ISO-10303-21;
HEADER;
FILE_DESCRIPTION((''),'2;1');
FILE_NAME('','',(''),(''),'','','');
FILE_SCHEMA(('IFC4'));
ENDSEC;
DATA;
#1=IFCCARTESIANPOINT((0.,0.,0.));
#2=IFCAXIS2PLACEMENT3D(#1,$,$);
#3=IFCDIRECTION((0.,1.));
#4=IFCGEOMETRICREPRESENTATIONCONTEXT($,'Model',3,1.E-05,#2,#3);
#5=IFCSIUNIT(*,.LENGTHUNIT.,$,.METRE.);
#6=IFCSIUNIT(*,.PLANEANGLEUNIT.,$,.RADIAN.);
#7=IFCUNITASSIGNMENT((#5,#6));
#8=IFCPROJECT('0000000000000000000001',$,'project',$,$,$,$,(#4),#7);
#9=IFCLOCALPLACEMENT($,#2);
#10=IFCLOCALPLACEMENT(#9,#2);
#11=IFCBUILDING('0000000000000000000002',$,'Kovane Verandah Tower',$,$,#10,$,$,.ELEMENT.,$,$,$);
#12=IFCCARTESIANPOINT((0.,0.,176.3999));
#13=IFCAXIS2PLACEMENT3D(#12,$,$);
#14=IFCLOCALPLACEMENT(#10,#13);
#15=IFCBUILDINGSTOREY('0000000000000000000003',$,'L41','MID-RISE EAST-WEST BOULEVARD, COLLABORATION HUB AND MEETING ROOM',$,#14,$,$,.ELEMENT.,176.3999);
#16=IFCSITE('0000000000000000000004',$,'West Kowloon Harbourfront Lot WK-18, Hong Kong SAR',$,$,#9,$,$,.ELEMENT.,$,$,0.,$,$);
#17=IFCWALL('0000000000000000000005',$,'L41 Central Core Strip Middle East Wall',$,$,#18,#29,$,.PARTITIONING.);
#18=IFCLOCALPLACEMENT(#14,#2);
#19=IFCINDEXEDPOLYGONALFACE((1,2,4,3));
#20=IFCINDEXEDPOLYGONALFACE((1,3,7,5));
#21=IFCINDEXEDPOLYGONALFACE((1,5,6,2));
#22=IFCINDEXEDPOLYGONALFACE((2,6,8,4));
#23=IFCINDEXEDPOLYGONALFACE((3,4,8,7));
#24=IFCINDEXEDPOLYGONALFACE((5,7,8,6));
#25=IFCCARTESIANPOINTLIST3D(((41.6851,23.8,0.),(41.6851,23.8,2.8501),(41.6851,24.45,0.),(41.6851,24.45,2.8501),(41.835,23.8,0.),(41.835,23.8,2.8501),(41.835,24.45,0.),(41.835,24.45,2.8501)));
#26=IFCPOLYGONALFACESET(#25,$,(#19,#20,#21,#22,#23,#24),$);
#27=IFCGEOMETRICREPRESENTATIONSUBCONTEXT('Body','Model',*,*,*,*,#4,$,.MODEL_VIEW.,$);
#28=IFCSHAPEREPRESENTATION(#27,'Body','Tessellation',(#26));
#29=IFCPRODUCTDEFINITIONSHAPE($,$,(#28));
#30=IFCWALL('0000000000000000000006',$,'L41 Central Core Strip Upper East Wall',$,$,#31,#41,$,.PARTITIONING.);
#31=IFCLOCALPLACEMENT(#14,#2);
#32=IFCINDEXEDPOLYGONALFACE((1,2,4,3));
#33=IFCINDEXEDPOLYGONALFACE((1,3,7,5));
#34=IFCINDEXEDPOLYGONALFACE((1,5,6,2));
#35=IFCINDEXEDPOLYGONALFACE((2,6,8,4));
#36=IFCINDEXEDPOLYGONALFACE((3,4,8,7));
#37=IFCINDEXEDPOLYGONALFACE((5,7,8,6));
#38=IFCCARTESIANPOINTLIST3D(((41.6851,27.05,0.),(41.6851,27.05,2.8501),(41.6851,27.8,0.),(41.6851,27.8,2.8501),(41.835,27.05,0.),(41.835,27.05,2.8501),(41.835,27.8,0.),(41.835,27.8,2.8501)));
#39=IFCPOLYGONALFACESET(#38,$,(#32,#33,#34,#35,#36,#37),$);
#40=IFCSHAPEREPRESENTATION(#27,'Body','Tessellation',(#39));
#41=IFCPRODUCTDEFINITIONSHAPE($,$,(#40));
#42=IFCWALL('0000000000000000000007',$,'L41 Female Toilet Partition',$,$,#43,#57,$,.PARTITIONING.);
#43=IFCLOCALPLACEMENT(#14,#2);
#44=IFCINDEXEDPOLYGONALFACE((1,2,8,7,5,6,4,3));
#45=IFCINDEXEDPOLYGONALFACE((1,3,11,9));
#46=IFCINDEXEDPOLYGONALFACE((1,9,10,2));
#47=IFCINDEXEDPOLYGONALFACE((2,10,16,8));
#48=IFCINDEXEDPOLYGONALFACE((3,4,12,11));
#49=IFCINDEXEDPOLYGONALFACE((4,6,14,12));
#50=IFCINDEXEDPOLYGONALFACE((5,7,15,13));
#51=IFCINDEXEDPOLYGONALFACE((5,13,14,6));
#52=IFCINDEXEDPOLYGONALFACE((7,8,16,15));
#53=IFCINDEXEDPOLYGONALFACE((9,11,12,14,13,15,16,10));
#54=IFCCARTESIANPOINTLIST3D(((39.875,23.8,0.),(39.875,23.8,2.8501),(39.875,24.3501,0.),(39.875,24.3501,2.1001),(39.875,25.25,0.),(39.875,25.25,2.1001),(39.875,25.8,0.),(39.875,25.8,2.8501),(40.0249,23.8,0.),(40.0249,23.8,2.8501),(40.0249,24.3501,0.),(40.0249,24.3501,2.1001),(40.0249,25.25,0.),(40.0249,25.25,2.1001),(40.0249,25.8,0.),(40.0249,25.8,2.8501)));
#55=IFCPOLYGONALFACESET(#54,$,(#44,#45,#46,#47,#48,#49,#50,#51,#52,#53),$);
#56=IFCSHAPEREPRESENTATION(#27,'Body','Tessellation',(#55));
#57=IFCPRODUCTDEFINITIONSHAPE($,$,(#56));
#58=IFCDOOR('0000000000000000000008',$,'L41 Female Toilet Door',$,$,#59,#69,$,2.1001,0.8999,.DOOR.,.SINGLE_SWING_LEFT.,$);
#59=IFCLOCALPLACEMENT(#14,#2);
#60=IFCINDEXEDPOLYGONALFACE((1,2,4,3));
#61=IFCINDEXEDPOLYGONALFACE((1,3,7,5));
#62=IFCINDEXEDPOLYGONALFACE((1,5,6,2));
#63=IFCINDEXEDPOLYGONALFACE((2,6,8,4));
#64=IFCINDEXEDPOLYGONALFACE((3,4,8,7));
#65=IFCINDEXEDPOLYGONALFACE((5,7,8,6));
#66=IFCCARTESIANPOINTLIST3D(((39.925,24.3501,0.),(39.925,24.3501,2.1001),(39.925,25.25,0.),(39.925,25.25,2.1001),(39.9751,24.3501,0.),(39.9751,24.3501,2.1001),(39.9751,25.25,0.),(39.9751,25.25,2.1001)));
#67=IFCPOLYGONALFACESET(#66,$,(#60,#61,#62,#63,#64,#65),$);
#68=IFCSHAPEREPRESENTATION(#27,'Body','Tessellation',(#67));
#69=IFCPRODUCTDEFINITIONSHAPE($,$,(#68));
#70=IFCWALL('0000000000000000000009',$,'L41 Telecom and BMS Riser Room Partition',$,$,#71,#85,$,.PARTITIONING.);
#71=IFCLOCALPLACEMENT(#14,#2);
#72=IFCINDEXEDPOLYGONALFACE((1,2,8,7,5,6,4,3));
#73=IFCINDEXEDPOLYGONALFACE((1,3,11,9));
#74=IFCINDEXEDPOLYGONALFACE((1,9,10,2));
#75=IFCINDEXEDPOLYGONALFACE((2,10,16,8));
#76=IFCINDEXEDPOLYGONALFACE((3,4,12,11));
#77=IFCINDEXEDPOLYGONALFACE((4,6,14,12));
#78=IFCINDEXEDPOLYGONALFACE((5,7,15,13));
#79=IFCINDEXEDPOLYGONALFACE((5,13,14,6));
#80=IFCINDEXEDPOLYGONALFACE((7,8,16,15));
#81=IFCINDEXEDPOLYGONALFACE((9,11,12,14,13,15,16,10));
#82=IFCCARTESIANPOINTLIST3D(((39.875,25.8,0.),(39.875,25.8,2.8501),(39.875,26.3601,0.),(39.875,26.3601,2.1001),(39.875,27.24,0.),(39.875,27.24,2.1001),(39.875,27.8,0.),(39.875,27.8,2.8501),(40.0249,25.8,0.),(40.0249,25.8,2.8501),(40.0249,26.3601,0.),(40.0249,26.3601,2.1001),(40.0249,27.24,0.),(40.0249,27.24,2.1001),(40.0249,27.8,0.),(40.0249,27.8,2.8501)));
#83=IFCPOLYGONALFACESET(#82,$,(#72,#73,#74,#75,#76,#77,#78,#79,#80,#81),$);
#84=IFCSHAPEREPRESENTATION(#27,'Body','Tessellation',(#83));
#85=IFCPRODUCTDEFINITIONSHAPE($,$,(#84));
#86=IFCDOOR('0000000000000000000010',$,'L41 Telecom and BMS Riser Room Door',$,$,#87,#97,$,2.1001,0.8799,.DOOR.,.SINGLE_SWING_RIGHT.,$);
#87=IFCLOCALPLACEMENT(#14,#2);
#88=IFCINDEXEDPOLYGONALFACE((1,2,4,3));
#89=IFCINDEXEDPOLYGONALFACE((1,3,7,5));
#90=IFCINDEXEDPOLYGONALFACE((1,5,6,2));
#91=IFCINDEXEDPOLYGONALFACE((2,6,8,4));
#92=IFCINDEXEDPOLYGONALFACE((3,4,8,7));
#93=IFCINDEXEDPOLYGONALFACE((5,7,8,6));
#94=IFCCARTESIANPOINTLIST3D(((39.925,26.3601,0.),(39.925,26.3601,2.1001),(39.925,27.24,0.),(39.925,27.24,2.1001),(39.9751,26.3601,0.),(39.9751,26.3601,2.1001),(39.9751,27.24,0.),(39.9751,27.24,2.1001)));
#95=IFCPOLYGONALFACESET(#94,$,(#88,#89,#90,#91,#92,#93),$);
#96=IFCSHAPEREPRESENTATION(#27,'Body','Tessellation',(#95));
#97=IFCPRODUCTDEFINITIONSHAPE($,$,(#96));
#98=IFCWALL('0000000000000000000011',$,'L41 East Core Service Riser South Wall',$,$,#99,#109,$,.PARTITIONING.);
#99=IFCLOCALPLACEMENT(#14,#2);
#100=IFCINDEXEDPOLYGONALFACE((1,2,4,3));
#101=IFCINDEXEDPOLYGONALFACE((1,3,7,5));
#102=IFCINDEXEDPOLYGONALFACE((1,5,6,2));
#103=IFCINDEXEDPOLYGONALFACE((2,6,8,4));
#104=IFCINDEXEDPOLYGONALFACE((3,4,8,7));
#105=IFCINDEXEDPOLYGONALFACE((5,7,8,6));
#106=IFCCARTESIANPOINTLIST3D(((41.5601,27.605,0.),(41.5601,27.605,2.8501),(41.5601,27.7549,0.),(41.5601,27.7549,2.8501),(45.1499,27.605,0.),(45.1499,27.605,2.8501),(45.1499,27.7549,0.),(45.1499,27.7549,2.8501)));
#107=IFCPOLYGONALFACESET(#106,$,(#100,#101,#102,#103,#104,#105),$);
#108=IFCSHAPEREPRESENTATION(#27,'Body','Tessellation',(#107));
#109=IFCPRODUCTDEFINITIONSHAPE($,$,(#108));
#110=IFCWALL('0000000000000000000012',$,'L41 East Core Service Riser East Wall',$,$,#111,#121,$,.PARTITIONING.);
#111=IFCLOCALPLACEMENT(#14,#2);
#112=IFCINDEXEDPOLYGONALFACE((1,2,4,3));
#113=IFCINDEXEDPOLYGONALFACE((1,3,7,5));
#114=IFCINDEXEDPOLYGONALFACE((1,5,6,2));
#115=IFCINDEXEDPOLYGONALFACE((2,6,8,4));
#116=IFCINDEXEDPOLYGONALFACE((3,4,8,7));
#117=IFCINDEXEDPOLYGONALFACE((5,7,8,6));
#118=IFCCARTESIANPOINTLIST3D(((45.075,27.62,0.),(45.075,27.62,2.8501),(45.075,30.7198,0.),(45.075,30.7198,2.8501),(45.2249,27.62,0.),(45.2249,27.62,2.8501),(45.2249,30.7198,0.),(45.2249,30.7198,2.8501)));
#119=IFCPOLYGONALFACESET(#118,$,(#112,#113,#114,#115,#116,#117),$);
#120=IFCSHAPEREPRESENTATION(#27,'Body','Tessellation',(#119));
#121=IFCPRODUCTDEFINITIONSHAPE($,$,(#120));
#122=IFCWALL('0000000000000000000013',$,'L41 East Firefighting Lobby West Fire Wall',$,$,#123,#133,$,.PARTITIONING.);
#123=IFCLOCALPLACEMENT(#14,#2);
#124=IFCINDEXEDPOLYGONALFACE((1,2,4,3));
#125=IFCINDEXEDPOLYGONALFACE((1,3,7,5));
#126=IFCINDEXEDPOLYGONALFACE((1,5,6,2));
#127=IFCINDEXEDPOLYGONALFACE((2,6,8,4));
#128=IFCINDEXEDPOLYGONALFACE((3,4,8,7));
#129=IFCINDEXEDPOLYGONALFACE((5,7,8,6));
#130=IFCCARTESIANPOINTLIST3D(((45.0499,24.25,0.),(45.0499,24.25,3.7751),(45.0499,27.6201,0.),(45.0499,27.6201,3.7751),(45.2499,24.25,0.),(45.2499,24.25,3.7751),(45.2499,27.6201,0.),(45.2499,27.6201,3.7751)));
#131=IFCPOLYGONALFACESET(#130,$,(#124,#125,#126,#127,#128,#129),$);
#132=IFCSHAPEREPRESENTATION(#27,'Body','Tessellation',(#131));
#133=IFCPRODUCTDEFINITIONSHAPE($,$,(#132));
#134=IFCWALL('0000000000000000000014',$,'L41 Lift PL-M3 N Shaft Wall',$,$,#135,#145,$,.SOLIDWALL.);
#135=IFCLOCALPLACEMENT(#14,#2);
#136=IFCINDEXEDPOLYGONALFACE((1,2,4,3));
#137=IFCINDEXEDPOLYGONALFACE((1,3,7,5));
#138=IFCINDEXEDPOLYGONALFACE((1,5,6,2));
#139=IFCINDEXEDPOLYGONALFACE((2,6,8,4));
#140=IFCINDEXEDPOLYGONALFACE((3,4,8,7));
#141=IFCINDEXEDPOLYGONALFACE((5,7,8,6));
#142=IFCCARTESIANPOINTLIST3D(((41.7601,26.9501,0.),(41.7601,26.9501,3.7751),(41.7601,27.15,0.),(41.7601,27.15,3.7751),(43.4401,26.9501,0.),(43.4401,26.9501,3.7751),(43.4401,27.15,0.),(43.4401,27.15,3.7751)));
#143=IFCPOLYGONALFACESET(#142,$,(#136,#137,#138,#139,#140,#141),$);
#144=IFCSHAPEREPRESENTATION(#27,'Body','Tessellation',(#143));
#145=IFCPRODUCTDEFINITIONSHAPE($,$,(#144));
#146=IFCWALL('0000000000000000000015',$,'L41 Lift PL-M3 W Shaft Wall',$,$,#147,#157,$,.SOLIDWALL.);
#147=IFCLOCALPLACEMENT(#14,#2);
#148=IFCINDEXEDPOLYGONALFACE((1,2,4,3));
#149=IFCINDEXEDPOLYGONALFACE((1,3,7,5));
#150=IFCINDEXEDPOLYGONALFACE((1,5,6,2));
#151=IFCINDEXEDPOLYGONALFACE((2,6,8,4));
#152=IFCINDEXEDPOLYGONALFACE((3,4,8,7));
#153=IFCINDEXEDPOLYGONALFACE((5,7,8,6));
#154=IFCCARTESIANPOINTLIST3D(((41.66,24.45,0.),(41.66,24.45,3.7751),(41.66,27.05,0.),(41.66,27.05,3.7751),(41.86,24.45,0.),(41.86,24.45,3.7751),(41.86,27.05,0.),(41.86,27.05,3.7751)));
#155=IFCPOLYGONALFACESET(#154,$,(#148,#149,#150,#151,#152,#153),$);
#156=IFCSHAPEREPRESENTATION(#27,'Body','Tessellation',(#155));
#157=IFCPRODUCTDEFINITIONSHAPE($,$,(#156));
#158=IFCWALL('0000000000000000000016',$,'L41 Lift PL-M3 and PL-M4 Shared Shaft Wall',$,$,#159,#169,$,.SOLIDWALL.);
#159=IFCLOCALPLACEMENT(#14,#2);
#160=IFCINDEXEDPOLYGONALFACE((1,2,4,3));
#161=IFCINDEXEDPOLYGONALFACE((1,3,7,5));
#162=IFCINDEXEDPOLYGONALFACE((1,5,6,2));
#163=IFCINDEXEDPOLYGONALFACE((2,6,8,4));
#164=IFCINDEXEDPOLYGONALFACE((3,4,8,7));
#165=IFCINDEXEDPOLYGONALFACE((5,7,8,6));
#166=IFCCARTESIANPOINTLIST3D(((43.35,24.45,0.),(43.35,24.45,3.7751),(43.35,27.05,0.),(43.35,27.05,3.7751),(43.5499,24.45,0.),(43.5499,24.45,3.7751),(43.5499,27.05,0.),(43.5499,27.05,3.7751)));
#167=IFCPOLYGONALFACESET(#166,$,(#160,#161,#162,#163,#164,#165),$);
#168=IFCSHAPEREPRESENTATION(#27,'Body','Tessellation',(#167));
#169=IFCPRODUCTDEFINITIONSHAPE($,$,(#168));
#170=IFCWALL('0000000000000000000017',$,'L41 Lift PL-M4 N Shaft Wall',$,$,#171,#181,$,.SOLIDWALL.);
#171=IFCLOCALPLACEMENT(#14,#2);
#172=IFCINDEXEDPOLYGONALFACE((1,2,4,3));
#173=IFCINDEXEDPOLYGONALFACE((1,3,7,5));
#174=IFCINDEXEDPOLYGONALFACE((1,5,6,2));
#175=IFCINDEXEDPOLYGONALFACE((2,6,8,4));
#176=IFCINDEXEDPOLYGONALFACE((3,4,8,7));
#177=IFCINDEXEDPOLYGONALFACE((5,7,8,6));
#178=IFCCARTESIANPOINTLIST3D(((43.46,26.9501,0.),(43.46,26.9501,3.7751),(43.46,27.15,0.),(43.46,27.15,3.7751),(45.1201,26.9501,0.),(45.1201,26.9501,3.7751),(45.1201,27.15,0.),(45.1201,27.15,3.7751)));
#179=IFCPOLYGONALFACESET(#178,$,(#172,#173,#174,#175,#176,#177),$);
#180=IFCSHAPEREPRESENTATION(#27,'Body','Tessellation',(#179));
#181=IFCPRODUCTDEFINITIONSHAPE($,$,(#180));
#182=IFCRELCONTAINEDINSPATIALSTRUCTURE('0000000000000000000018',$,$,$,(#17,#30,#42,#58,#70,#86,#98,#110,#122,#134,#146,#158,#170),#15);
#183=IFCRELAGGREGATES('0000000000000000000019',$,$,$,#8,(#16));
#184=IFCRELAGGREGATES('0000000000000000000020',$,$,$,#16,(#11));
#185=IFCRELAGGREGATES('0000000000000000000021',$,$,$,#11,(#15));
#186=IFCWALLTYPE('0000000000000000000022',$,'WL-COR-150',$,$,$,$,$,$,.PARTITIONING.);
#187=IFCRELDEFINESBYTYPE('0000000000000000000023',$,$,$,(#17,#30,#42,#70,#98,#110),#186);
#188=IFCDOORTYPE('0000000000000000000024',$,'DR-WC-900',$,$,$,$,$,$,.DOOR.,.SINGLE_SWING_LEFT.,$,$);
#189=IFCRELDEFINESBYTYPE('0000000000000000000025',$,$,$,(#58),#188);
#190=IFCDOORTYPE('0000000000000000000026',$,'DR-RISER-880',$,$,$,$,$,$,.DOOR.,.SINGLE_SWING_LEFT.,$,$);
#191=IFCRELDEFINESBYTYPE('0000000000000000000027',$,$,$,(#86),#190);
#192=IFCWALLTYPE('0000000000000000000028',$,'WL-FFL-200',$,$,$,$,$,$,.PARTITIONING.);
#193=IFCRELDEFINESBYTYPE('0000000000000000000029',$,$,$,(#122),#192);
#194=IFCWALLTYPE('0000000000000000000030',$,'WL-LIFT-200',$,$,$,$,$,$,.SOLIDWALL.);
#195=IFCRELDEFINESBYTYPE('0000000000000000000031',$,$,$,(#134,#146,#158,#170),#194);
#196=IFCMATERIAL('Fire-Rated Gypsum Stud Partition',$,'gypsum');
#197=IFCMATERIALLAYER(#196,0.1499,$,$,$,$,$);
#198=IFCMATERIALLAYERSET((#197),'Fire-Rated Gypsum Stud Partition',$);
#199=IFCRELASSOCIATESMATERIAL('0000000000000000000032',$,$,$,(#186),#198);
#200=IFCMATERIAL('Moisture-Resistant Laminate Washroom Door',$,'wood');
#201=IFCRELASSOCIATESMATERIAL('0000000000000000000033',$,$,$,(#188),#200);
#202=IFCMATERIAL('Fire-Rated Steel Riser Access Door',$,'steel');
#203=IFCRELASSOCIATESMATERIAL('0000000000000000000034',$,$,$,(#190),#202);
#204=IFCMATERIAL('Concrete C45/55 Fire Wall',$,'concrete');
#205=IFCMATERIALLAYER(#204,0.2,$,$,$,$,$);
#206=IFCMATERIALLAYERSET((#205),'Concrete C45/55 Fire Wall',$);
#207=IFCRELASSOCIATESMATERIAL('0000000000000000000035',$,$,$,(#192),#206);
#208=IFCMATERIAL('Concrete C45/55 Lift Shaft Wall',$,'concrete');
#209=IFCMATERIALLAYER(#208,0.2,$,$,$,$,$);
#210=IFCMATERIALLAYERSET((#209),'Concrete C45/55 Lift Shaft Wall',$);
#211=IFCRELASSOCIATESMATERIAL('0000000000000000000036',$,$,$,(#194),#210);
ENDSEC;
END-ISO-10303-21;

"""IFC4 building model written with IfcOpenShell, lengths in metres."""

from ifc_helpers import new_model, si_unit, direction, frame, frame_2d, origin, place, context, subcontext, project, spatial, rectangle, extrude, material, layer, layer_set, type_object, element, fill, save


model = new_model("IFC4")

# Units and contexts
model_context = context("Model", 3, precision=1e-05, world=origin(), true_north=direction((0.0, 1.0)))
body_context = subcontext(model_context, "Body", "Model", "MODEL_VIEW")
ifc_project = project(units=[si_unit("LENGTHUNIT", "METRE"), si_unit("PLANEANGLEUNIT", "RADIAN")], contexts=[model_context])

# Site, building, storey
site_placement = place(None, origin())
site = spatial("IfcSite", under=ifc_project, at=site_placement, Name="West Kowloon Harbourfront Lot WK-18, Hong Kong SAR", CompositionType="ELEMENT", RefElevation=0.0)
building_placement = place(site_placement, origin())
building = spatial("IfcBuilding", under=site, at=building_placement, Name="Kovane Verandah Tower", CompositionType="ELEMENT")
storey_placement = place(building_placement, frame((0.0, 0.0, 176.3999)))
storey = spatial("IfcBuildingStorey", under=building, at=storey_placement, Name="L41", Description="MID-RISE EAST-WEST BOULEVARD, COLLABORATION HUB AND MEETING ROOM", CompositionType="ELEMENT", Elevation=176.3999)

# Walls
ifc_material_1 = material(Name="Fire-Rated Gypsum Stud Partition", Category="gypsum")
ifc_layer_1 = layer(ifc_material_1, 0.1499)
ifc_layer_set_1 = layer_set([ifc_layer_1], Name="Fire-Rated Gypsum Stud Partition")
wall_type_1 = type_object("IfcWallType", Name="WL-COR-150", PredefinedType="PARTITIONING", material=ifc_layer_set_1)
wall_1_placement = place(storey_placement, frame((41.76, 23.8, 0.0), z_axis=(0.0, 0.0, 1.0), x_axis=(0.0, 1.0, 0.0)))
element("IfcWall", 1, at=wall_1_placement, inside=storey, type_object=wall_type_1, Name="L41 Central Core Strip Middle East Wall", PredefinedType="PARTITIONING", context=body_context, shape_type="SweptSolid", body=[
    extrude(rectangle(XDim=0.6499, YDim=0.1499, at=frame_2d((0.325, 0.0))), origin(), (0.0, 0.0, 1.0), 2.8501),
])
wall_2_placement = place(storey_placement, frame((41.76, 27.05, 0.0), z_axis=(0.0, 0.0, 1.0), x_axis=(0.0, 1.0, 0.0)))
element("IfcWall", 2, at=wall_2_placement, inside=storey, type_object=wall_type_1, Name="L41 Central Core Strip Upper East Wall", PredefinedType="PARTITIONING", context=body_context, shape_type="SweptSolid", body=[
    extrude(rectangle(XDim=0.75, YDim=0.1499, at=frame_2d((0.375, 0.0))), origin(), (0.0, 0.0, 1.0), 2.8501),
])

# Walls, openings, doors
wall_3_placement = place(storey_placement, frame((39.95, 23.8, 0.0), z_axis=(0.0, 0.0, 1.0), x_axis=(0.0, 1.0, 0.0)))
wall_3 = element("IfcWall", 3, at=wall_3_placement, inside=storey, type_object=wall_type_1, Name="L41 Female Toilet Partition", PredefinedType="PARTITIONING", context=body_context, shape_type="SweptSolid", body=[
    extrude(rectangle(XDim=2.0, YDim=0.1499, at=frame_2d((1.0, 0.0))), origin(), (0.0, 0.0, 1.0), 2.8501),
])
opening_1_placement = place(wall_3_placement, frame((0.55, 0.0, 0.0)))
opening_1 = element("IfcOpeningElement", 4, at=opening_1_placement, cuts=wall_3, PredefinedType="OPENING", context=body_context, shape_type="SweptSolid", body=[
    extrude(rectangle(XDim=0.8999, YDim=2.1001, at=frame_2d((0.45, 1.05))), frame((0.0, 0.075, 0.0), z_axis=(0.0, -1.0, 0.0), x_axis=(1.0, 0.0, 0.0)), (0.0, 0.0, 1.0), 0.1499),
])
ifc_material_2 = material(Name="Moisture-Resistant Laminate Washroom Door", Category="wood")
door_type_1 = type_object("IfcDoorType", Name="DR-WC-900", OperationType="SINGLE_SWING_LEFT", PredefinedType="DOOR", material=ifc_material_2)
door_1_placement = place(opening_1_placement, origin())
door_1 = element("IfcDoor", 5, at=door_1_placement, inside=storey, type_object=door_type_1, Name="L41 Female Toilet Door", OperationType="SINGLE_SWING_LEFT", OverallHeight=2.1001, OverallWidth=0.8999, PredefinedType="DOOR", context=body_context, shape_type="SweptSolid", body=[
    extrude(rectangle(XDim=0.8999, YDim=2.1001, at=frame_2d((0.45, 1.05))), frame((0.0, 0.0249, 0.0), z_axis=(0.0, -1.0, 0.0), x_axis=(1.0, 0.0, 0.0)), (0.0, 0.0, 1.0), 0.05),
])
fill(opening_1, door_1)
wall_4_placement = place(storey_placement, frame((39.95, 25.8, 0.0), z_axis=(0.0, 0.0, 1.0), x_axis=(0.0, 1.0, 0.0)))
wall_4 = element("IfcWall", 6, at=wall_4_placement, inside=storey, type_object=wall_type_1, Name="L41 Telecom and BMS Riser Room Partition", PredefinedType="PARTITIONING", context=body_context, shape_type="SweptSolid", body=[
    extrude(rectangle(XDim=2.0, YDim=0.1499, at=frame_2d((1.0, 0.0))), origin(), (0.0, 0.0, 1.0), 2.8501),
])
opening_2_placement = place(wall_4_placement, frame((0.5601, 0.0, 0.0)))
opening_2 = element("IfcOpeningElement", 7, at=opening_2_placement, cuts=wall_4, PredefinedType="OPENING", context=body_context, shape_type="SweptSolid", body=[
    extrude(rectangle(XDim=0.8799, YDim=2.1001, at=frame_2d((0.4399, 1.05))), frame((0.0, 0.075, 0.0), z_axis=(0.0, -1.0, 0.0), x_axis=(1.0, 0.0, 0.0)), (0.0, 0.0, 1.0), 0.1499),
])
ifc_material_3 = material(Name="Fire-Rated Steel Riser Access Door", Category="steel")
door_type_2 = type_object("IfcDoorType", Name="DR-RISER-880", OperationType="SINGLE_SWING_LEFT", PredefinedType="DOOR", material=ifc_material_3)
door_2_placement = place(opening_2_placement, origin())
door_2 = element("IfcDoor", 8, at=door_2_placement, inside=storey, type_object=door_type_2, Name="L41 Telecom and BMS Riser Room Door", OperationType="SINGLE_SWING_RIGHT", OverallHeight=2.1001, OverallWidth=0.8799, PredefinedType="DOOR", context=body_context, shape_type="SweptSolid", body=[
    extrude(rectangle(XDim=0.8799, YDim=2.1001, at=frame_2d((0.4399, 1.05))), frame((0.0, 0.0249, 0.0), z_axis=(0.0, -1.0, 0.0), x_axis=(1.0, 0.0, 0.0)), (0.0, 0.0, 1.0), 0.05),
])
fill(opening_2, door_2)

# Walls
wall_5_placement = place(storey_placement, frame((41.5601, 27.6799, 0.0), z_axis=(0.0, 0.0, 1.0), x_axis=(1.0, 0.0, 0.0)))
element("IfcWall", 9, at=wall_5_placement, inside=storey, type_object=wall_type_1, Name="L41 East Core Service Riser South Wall", PredefinedType="PARTITIONING", context=body_context, shape_type="SweptSolid", body=[
    extrude(rectangle(XDim=3.5898, YDim=0.1499, at=frame_2d((1.7949, 0.0))), origin(), (0.0, 0.0, 1.0), 2.8501),
])
wall_6_placement = place(storey_placement, frame((45.1499, 27.6201, 0.0), z_axis=(0.0, 0.0, 1.0), x_axis=(0.0, 1.0, 0.0)))
element("IfcWall", 10, at=wall_6_placement, inside=storey, type_object=wall_type_1, Name="L41 East Core Service Riser East Wall", PredefinedType="PARTITIONING", context=body_context, shape_type="SweptSolid", body=[
    extrude(rectangle(XDim=3.0999, YDim=0.1499, at=frame_2d((1.5498, 0.0))), origin(), (0.0, 0.0, 1.0), 2.8501),
])

# Shared definitions
ifc_material_4 = material(Name="Concrete C45/55 Fire Wall", Category="concrete")
ifc_layer_2 = layer(ifc_material_4, 0.2)
ifc_layer_set_2 = layer_set([ifc_layer_2], Name="Concrete C45/55 Fire Wall")
wall_type_2 = type_object("IfcWallType", Name="WL-FFL-200", PredefinedType="PARTITIONING", material=ifc_layer_set_2)

# Wall
wall_7_placement = place(storey_placement, frame((45.1499, 24.25, 0.0), z_axis=(0.0, 0.0, 1.0), x_axis=(0.0, 1.0, 0.0)))
element("IfcWall", 11, at=wall_7_placement, inside=storey, type_object=wall_type_2, Name="L41 East Firefighting Lobby West Fire Wall", PredefinedType="PARTITIONING", context=body_context, shape_type="SweptSolid", body=[
    extrude(rectangle(XDim=3.3701, YDim=0.2, at=frame_2d((1.6851, 0.0))), origin(), (0.0, 0.0, 1.0), 3.7751),
])

# Shared definitions
ifc_material_5 = material(Name="Concrete C45/55 Lift Shaft Wall", Category="concrete")
ifc_layer_3 = layer(ifc_material_5, 0.2)
ifc_layer_set_3 = layer_set([ifc_layer_3], Name="Concrete C45/55 Lift Shaft Wall")
wall_type_3 = type_object("IfcWallType", Name="WL-LIFT-200", PredefinedType="SOLIDWALL", material=ifc_layer_set_3)

# Walls
wall_8_placement = place(storey_placement, frame((43.4399, 27.05, 0.0), z_axis=(0.0, 0.0, 1.0), x_axis=(-1.0, 0.0, 0.0)))
element("IfcWall", 12, at=wall_8_placement, inside=storey, type_object=wall_type_3, Name="L41 Lift PL-M3 N Shaft Wall", PredefinedType="SOLIDWALL", context=body_context, shape_type="SweptSolid", body=[
    extrude(rectangle(XDim=1.6799, YDim=0.2, at=frame_2d((0.8398, 0.0))), origin(), (0.0, 0.0, 1.0), 3.7751),
])
for number, where, z_axis, x_axis, name in (
    (13, (41.76, 27.05, 0.0), (0.0, 0.0, 1.0), (0.0, -1.0, 0.0), "L41 Lift PL-M3 W Shaft Wall"),
    (14, (43.45, 24.45, 0.0), (0.0, 0.0, 1.0), (0.0, 1.0, 0.0), "L41 Lift PL-M3 and PL-M4 Shared Shaft Wall"),
):
    element("IfcWall", number, at=place(storey_placement, frame(where, z_axis=z_axis, x_axis=x_axis)), inside=storey, type_object=wall_type_3, Name=name, PredefinedType="SOLIDWALL", context=body_context, shape_type="SweptSolid", body=[
        extrude(rectangle(XDim=2.6001, YDim=0.2, at=frame_2d((1.3, 0.0))), origin(), (0.0, 0.0, 1.0), 3.7751),
    ])

# Wall
wall_9_placement = place(storey_placement, frame((45.1201, 27.05, 0.0), z_axis=(0.0, 0.0, 1.0), x_axis=(-1.0, 0.0, 0.0)))
element("IfcWall", 15, at=wall_9_placement, inside=storey, type_object=wall_type_3, Name="L41 Lift PL-M4 N Shaft Wall", PredefinedType="SOLIDWALL", context=body_context, shape_type="SweptSolid", body=[
    extrude(rectangle(XDim=1.6602, YDim=0.2, at=frame_2d((0.8301, 0.0))), origin(), (0.0, 0.0, 1.0), 3.7751),
])

save(model, "model.ifc")
